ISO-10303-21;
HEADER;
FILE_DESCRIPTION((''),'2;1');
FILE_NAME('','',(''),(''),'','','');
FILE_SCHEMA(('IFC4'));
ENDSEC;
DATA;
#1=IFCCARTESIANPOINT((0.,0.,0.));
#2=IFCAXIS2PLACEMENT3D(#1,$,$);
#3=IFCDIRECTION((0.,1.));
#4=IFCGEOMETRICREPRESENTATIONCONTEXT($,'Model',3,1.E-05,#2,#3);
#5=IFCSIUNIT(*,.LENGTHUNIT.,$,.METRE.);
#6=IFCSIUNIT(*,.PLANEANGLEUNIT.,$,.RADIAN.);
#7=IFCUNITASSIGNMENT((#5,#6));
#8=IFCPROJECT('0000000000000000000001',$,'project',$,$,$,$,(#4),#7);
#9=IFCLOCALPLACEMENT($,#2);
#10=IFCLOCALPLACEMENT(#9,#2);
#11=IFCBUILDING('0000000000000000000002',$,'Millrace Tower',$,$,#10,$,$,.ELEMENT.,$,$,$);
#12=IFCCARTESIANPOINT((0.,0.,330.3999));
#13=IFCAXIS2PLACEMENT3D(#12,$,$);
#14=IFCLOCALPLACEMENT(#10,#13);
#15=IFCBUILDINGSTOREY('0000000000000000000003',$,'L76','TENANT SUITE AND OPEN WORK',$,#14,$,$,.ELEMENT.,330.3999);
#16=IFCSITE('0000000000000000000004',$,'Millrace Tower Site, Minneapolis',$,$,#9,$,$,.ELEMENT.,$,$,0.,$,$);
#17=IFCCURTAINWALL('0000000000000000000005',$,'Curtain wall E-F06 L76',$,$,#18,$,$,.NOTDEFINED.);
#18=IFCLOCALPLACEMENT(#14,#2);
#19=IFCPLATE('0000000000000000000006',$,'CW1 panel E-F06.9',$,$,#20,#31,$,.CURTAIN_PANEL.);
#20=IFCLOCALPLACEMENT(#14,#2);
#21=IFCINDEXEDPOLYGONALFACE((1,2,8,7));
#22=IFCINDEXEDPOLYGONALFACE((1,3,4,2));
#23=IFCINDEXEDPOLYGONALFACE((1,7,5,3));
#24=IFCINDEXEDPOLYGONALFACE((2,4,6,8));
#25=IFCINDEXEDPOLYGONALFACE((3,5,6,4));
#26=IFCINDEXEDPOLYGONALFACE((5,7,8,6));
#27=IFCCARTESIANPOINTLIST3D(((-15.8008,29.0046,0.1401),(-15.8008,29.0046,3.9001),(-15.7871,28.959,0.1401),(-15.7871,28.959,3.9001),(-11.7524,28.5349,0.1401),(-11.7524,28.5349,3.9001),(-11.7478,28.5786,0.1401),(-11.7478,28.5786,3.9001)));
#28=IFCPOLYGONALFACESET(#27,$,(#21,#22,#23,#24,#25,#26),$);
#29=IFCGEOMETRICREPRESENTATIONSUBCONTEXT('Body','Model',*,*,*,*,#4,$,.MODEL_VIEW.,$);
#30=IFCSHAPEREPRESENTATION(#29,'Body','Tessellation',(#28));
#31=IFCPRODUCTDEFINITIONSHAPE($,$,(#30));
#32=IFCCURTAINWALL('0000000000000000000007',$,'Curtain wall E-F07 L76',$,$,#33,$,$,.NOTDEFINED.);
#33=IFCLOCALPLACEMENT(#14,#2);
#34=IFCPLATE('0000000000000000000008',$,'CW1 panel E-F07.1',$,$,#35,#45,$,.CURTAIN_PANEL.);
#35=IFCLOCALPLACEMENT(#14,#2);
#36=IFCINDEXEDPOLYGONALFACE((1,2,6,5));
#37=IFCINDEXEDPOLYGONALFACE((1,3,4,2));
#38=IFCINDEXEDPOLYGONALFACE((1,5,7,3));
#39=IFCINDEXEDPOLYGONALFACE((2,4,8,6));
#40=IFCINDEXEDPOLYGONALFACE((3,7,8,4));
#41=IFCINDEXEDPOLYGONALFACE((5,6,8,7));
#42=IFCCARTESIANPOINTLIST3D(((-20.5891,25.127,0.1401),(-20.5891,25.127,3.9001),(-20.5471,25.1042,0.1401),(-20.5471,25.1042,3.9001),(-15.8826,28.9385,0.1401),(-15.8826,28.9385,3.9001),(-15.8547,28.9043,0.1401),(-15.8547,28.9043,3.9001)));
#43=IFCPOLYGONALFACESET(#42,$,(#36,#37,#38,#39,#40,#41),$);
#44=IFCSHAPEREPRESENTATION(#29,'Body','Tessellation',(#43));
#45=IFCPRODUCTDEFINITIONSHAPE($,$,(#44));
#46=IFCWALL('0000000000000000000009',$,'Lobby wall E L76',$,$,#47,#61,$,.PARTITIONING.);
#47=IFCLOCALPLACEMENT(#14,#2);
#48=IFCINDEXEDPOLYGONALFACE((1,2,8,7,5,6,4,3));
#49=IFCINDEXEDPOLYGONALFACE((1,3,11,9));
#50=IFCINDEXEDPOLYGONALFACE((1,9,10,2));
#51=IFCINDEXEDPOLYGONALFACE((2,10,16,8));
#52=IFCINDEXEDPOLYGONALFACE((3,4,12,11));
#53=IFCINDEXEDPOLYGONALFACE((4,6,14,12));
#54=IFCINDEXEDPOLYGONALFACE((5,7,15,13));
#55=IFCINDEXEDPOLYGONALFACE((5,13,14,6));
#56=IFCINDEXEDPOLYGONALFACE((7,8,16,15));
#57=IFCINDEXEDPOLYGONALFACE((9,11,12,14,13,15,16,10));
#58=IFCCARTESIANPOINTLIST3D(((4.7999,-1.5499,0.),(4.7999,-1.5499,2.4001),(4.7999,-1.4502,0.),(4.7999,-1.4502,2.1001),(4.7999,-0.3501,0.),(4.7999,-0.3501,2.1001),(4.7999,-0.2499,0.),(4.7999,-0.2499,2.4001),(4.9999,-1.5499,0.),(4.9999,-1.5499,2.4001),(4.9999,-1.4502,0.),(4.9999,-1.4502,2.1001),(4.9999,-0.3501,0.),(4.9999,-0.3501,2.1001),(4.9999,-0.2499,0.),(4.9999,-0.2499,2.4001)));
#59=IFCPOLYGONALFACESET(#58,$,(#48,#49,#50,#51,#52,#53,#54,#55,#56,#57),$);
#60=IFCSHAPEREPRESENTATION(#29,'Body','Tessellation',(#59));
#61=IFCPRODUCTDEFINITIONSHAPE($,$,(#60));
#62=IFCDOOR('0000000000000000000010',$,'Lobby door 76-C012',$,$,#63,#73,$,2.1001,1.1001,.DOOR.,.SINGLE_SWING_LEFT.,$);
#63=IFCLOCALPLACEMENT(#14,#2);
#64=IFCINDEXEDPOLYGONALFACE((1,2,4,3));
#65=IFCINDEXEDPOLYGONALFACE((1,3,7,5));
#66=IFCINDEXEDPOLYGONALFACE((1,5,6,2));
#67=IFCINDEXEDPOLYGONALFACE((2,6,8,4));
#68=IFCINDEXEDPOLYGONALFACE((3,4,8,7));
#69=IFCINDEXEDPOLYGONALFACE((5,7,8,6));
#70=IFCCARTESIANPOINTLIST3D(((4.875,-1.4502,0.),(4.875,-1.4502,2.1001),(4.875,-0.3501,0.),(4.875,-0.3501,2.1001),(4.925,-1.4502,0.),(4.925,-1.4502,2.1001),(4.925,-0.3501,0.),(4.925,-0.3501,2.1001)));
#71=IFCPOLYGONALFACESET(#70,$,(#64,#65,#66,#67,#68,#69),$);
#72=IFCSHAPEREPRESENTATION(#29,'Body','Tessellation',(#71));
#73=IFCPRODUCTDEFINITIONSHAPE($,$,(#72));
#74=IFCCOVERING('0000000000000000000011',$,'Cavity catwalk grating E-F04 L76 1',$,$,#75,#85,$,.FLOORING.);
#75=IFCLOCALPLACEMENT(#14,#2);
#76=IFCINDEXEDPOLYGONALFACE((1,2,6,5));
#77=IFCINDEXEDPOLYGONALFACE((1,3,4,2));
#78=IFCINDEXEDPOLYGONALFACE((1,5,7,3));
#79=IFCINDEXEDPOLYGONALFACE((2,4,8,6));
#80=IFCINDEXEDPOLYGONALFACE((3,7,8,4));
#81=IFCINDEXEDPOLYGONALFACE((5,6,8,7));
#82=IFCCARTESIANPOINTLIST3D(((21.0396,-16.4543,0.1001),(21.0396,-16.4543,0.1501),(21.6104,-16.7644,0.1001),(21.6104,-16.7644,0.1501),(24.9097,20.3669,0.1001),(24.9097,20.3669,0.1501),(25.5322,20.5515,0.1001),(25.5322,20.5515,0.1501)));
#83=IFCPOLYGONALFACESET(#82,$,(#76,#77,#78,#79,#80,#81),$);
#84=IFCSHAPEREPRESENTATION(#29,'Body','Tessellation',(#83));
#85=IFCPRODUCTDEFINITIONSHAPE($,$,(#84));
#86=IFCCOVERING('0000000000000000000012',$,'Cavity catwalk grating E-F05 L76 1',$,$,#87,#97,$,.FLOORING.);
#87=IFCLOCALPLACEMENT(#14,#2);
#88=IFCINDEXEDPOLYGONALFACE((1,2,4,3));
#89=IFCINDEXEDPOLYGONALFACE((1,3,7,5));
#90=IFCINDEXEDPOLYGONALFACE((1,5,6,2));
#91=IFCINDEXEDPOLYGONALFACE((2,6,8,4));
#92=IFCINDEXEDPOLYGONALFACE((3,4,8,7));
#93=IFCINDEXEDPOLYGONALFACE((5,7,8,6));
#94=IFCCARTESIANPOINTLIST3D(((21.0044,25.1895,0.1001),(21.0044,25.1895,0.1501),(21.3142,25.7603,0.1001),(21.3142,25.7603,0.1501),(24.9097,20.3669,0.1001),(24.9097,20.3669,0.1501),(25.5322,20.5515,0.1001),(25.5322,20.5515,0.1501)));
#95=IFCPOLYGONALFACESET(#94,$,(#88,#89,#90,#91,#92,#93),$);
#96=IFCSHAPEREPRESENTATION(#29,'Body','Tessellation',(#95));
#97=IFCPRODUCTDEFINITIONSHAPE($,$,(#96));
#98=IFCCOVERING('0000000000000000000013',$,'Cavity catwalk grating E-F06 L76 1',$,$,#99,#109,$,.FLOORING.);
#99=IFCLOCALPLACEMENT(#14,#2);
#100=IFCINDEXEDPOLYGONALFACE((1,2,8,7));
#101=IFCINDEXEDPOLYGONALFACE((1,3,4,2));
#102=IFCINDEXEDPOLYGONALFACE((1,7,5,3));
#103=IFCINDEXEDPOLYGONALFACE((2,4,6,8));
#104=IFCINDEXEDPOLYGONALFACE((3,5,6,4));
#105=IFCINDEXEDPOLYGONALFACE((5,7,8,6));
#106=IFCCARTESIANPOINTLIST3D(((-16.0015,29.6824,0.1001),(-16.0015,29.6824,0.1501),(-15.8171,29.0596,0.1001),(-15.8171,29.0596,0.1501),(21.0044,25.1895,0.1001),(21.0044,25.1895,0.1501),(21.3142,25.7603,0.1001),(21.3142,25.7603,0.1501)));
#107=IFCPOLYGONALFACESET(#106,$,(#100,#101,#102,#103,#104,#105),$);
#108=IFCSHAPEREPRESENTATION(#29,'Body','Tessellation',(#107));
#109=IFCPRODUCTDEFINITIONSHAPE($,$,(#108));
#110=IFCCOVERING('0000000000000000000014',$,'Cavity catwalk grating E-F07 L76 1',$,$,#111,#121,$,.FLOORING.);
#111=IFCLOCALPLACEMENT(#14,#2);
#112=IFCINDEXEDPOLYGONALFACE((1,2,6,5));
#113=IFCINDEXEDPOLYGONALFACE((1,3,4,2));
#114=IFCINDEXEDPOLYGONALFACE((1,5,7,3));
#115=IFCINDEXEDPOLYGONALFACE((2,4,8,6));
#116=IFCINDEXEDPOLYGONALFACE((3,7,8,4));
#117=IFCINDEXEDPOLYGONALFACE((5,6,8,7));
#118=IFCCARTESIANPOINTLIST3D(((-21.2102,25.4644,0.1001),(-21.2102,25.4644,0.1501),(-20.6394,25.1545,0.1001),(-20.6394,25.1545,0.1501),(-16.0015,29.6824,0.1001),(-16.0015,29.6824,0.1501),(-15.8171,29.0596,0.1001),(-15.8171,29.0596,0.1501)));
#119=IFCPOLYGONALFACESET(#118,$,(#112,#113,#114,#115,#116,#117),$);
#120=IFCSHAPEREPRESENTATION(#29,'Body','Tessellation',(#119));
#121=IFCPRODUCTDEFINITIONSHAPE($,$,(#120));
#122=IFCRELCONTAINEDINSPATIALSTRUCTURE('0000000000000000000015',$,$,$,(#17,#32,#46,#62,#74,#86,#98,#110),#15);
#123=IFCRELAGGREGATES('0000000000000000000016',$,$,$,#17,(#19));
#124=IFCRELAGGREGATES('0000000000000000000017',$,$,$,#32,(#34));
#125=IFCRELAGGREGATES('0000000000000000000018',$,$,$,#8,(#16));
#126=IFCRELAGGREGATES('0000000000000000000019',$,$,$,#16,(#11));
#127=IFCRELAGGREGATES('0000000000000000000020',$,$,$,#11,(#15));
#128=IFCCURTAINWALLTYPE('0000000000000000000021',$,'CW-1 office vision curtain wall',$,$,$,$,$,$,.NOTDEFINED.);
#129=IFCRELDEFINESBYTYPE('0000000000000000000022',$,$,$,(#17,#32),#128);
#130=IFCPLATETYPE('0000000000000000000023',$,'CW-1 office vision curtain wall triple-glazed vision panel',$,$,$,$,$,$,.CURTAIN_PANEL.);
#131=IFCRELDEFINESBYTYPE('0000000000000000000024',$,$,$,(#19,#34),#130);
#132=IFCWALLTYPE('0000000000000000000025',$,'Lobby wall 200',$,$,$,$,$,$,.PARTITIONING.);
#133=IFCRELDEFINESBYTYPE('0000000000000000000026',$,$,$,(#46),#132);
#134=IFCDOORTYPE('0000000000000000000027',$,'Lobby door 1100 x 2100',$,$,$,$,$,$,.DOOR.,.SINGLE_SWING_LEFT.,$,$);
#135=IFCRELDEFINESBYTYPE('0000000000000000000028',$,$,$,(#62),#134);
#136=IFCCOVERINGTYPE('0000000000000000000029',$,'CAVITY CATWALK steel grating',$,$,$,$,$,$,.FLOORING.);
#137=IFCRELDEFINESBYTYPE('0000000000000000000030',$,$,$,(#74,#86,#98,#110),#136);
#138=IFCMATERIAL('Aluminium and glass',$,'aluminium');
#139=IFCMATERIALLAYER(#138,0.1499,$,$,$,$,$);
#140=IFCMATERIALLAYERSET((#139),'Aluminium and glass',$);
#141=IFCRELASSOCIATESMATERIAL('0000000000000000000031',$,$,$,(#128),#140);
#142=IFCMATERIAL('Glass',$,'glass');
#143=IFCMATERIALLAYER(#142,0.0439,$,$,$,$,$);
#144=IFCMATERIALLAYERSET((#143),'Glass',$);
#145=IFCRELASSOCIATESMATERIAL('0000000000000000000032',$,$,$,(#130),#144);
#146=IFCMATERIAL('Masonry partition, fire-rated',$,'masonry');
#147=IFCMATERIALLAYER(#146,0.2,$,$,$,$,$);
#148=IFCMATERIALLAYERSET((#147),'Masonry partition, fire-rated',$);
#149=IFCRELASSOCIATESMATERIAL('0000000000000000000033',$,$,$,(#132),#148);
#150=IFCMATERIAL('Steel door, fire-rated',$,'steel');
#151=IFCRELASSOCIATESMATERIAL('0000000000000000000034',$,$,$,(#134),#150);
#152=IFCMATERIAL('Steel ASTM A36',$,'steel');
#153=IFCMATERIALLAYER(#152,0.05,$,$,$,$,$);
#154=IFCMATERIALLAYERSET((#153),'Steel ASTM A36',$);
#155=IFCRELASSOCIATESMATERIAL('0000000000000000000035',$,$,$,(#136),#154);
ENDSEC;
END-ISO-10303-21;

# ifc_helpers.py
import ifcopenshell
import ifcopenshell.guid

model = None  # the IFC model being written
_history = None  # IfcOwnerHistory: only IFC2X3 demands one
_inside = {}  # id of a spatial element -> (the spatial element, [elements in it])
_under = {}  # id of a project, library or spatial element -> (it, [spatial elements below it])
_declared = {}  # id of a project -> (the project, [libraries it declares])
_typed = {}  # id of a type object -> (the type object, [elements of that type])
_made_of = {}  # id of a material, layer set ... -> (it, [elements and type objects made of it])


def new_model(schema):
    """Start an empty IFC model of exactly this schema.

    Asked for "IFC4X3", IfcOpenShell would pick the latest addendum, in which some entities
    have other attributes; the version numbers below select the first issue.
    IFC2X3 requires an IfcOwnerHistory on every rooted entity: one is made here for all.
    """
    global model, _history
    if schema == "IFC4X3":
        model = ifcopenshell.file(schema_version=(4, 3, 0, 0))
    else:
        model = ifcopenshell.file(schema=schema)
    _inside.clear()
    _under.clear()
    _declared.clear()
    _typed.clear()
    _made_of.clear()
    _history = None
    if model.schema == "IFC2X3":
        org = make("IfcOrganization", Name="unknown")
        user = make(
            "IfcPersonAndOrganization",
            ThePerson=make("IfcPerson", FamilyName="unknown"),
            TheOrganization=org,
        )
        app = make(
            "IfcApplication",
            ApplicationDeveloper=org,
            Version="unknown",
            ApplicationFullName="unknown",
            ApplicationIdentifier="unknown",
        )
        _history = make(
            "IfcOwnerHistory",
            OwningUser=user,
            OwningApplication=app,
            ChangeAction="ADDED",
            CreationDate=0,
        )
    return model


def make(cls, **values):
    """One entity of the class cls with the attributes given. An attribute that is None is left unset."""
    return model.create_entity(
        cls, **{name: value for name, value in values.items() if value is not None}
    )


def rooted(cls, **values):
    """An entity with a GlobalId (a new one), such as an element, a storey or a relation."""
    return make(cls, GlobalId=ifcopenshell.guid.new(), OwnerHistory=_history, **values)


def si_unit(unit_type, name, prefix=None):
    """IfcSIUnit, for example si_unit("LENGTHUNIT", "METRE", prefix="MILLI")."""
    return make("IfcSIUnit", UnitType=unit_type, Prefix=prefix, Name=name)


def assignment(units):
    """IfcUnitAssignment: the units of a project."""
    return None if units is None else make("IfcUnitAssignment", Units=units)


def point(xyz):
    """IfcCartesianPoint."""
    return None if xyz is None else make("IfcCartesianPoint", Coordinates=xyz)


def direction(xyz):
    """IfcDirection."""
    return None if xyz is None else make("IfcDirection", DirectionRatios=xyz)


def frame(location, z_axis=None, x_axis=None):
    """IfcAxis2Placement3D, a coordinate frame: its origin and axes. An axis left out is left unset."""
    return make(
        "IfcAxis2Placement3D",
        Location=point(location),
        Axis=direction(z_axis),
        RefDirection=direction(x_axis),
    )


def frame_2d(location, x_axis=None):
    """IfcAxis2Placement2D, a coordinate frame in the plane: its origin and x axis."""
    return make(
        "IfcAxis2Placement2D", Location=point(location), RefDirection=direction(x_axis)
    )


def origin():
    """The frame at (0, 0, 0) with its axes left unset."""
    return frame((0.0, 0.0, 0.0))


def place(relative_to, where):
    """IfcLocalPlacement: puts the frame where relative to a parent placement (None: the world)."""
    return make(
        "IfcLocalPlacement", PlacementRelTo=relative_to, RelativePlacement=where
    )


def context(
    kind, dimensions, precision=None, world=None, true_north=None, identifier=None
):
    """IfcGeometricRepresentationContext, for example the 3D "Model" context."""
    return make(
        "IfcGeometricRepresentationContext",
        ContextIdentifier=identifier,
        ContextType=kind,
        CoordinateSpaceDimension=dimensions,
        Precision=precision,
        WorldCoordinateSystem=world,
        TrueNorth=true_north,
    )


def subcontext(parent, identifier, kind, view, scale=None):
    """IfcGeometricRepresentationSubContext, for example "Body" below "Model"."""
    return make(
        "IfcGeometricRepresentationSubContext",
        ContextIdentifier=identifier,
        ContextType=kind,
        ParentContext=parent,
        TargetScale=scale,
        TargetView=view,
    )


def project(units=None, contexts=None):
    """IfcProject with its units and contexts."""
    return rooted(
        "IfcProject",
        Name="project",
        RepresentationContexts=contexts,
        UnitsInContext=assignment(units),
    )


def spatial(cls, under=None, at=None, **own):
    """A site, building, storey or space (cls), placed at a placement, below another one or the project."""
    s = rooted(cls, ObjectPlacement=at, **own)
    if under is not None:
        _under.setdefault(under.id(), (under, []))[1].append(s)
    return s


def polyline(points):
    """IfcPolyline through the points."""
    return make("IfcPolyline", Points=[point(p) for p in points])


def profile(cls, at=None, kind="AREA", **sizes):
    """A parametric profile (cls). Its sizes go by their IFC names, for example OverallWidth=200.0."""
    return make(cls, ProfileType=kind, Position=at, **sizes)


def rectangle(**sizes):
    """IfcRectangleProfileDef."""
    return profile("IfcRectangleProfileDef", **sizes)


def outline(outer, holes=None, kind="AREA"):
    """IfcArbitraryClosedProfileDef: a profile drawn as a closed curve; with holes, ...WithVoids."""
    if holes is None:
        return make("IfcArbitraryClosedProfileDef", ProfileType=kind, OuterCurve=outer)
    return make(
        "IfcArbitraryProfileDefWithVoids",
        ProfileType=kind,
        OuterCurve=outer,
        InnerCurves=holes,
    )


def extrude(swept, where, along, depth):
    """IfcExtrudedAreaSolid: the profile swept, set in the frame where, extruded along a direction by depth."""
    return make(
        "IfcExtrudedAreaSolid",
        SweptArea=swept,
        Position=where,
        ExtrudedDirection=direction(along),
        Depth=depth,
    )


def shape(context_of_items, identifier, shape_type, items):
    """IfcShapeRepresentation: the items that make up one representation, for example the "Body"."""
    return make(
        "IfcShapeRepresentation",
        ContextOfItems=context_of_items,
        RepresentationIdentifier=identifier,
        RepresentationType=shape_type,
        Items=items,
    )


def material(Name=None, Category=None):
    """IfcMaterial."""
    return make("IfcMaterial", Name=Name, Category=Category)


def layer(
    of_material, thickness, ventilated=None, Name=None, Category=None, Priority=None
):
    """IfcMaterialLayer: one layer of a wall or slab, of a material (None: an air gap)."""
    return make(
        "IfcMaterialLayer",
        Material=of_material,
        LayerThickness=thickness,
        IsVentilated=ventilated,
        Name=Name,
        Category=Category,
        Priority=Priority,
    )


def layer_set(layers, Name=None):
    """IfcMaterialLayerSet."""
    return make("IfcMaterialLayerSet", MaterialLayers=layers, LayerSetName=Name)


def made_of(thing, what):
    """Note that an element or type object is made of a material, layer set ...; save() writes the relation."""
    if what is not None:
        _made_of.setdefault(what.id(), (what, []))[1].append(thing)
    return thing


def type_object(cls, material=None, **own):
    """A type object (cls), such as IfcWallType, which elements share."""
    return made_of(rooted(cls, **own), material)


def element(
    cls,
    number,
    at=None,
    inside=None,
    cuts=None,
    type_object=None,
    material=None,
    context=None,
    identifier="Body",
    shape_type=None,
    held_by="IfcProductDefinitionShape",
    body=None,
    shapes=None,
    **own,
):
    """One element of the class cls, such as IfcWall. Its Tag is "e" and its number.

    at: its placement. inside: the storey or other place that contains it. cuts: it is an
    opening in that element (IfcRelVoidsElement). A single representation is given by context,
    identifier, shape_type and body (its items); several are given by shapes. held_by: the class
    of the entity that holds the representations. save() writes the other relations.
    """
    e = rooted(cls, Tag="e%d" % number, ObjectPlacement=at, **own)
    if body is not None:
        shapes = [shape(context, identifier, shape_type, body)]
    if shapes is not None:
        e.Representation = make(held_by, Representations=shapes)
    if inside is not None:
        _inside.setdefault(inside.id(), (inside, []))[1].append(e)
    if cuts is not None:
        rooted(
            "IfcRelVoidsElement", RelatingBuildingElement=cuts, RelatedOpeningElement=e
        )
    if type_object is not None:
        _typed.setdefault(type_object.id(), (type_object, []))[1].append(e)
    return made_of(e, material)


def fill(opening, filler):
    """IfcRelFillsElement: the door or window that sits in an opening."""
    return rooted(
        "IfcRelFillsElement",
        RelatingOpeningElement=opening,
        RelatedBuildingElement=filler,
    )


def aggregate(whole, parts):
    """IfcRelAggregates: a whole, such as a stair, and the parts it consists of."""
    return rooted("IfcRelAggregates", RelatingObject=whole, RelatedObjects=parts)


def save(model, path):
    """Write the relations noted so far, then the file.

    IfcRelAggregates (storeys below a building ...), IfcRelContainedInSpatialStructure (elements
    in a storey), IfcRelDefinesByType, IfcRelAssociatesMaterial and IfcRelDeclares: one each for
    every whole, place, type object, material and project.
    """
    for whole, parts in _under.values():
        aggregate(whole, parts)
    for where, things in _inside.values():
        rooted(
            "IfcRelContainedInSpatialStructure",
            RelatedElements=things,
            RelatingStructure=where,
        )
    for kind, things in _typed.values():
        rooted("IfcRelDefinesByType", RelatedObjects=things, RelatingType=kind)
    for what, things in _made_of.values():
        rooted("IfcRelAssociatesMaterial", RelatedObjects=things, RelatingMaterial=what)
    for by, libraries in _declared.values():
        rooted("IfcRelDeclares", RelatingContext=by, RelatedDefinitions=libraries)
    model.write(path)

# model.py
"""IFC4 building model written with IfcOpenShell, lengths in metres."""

from ifc_helpers import new_model, si_unit, direction, frame, frame_2d, origin, place, context, subcontext, project, spatial, polyline, rectangle, outline, extrude, material, layer, layer_set, type_object, element, fill, aggregate, save


model = new_model("IFC4")

# Units and contexts
model_context = context("Model", 3, precision=1e-05, world=origin(), true_north=direction((0.0, 1.0)))
body_context = subcontext(model_context, "Body", "Model", "MODEL_VIEW")
ifc_project = project(units=[si_unit("LENGTHUNIT", "METRE"), si_unit("PLANEANGLEUNIT", "RADIAN")], contexts=[model_context])

# Site, building, storey
site_placement = place(None, origin())
site = spatial("IfcSite", under=ifc_project, at=site_placement, Name="Millrace Tower Site, Minneapolis", CompositionType="ELEMENT", RefElevation=0.0)
building_placement = place(site_placement, origin())
building = spatial("IfcBuilding", under=site, at=building_placement, Name="Millrace Tower", CompositionType="ELEMENT")
storey_placement = place(building_placement, frame((0.0, 0.0, 330.3999)))
storey = spatial("IfcBuildingStorey", under=building, at=storey_placement, Name="L76", Description="TENANT SUITE AND OPEN WORK", CompositionType="ELEMENT", Elevation=330.3999)

# Shared definitions
ifc_material_1 = material(Name="Aluminium and glass", Category="aluminium")
ifc_layer_1 = layer(ifc_material_1, 0.1499)
ifc_layer_set_1 = layer_set([ifc_layer_1], Name="Aluminium and glass")
curtain_wall_type = type_object("IfcCurtainWallType", Name="CW-1 office vision curtain wall", PredefinedType="NOTDEFINED", material=ifc_layer_set_1)
placement_1 = place(storey_placement, origin())
ifc_material_2 = material(Name="Glass", Category="glass")
ifc_layer_2 = layer(ifc_material_2, 0.0439)
ifc_layer_set_2 = layer_set([ifc_layer_2], Name="Glass")
plate_type = type_object("IfcPlateType", Name="CW-1 office vision curtain wall triple-glazed vision panel", PredefinedType="CURTAIN_PANEL", material=ifc_layer_set_2)
placement_2 = place(storey_placement, frame((0.0, 0.0, 0.1401)))

# Curtain wall, plate
curtain_wall_1 = element("IfcCurtainWall", 1, at=placement_1, inside=storey, type_object=curtain_wall_type, Name="Curtain wall E-F06 L76", PredefinedType="NOTDEFINED")
plate_1 = element("IfcPlate", 2, at=placement_2, type_object=plate_type, Name="CW1 panel E-F06.9", PredefinedType="CURTAIN_PANEL", context=body_context, shape_type="SweptSolid", body=[
    extrude(outline(polyline([(-11.7478, 28.5786), (-15.8008, 29.0046), (-15.7871, 28.959), (-11.7524, 28.5349), (-11.7478, 28.5786)])), origin(), (0.0, 0.0, 1.0), 3.76),
])
aggregate(curtain_wall_1, [plate_1])

# Curtain wall, plate
curtain_wall_2 = element("IfcCurtainWall", 3, at=placement_1, inside=storey, type_object=curtain_wall_type, Name="Curtain wall E-F07 L76", PredefinedType="NOTDEFINED")
plate_2 = element("IfcPlate", 4, at=placement_2, type_object=plate_type, Name="CW1 panel E-F07.1", PredefinedType="CURTAIN_PANEL", context=body_context, shape_type="SweptSolid", body=[
    extrude(outline(polyline([(-15.8826, 28.9385), (-20.5891, 25.127), (-20.5471, 25.1042), (-15.8547, 28.9043), (-15.8826, 28.9385)])), origin(), (0.0, 0.0, 1.0), 3.76),
])
aggregate(curtain_wall_2, [plate_2])

# Wall, opening, door
ifc_material_3 = material(Name="Masonry partition, fire-rated", Category="masonry")
ifc_layer_3 = layer(ifc_material_3, 0.2)
ifc_layer_set_3 = layer_set([ifc_layer_3], Name="Masonry partition, fire-rated")
wall_type = type_object("IfcWallType", Name="Lobby wall 200", PredefinedType="PARTITIONING", material=ifc_layer_set_3)
wall_placement = place(storey_placement, frame((4.8999, -0.25, 0.0), z_axis=(0.0, 0.0, 1.0), x_axis=(0.0, -1.0, 0.0)))
wall = element("IfcWall", 5, at=wall_placement, inside=storey, type_object=wall_type, Name="Lobby wall E L76", PredefinedType="PARTITIONING", context=body_context, shape_type="SweptSolid", body=[
    extrude(rectangle(XDim=1.3, YDim=0.2, at=frame_2d((0.6499, 0.0))), origin(), (0.0, 0.0, 1.0), 2.4001),
])
opening_placement = place(wall_placement, frame((0.1001, 0.0, 0.0)))
opening = element("IfcOpeningElement", 6, at=opening_placement, cuts=wall, PredefinedType="OPENING", context=body_context, shape_type="SweptSolid", body=[
    extrude(rectangle(XDim=1.1001, YDim=2.1001, at=frame_2d((0.55, 1.05))), frame((0.0, 0.1099, 0.0), z_axis=(0.0, -1.0, 0.0), x_axis=(1.0, 0.0, 0.0)), (0.0, 0.0, 1.0), 0.22),
])
ifc_material_4 = material(Name="Steel door, fire-rated", Category="steel")
door_type = type_object("IfcDoorType", Name="Lobby door 1100 x 2100", OperationType="SINGLE_SWING_LEFT", PredefinedType="DOOR", material=ifc_material_4)
door_placement = place(opening_placement, frame((1.1001, 0.0, 0.0), z_axis=(0.0, 0.0, 1.0), x_axis=(-1.0, 0.0, 0.0)))
door = element("IfcDoor", 7, at=door_placement, inside=storey, type_object=door_type, Name="Lobby door 76-C012", OperationType="SINGLE_SWING_LEFT", OverallHeight=2.1001, OverallWidth=1.1001, PredefinedType="DOOR", context=body_context, shape_type="SweptSolid", body=[
    extrude(rectangle(XDim=1.1001, YDim=2.1001, at=frame_2d((0.55, 1.05))), frame((0.0, 0.0249, 0.0), z_axis=(0.0, -1.0, 0.0), x_axis=(1.0, 0.0, 0.0)), (0.0, 0.0, 1.0), 0.05),
])
fill(opening, door)

# Coverings
ifc_material_5 = material(Name="Steel ASTM A36", Category="steel")
ifc_layer_4 = layer(ifc_material_5, 0.05)
ifc_layer_set_4 = layer_set([ifc_layer_4], Name="Steel ASTM A36")
covering_type = type_object("IfcCoveringType", Name="CAVITY CATWALK steel grating", PredefinedType="FLOORING", material=ifc_layer_set_4)
placement_3 = place(storey_placement, frame((0.0, 0.0, 0.1001)))
element("IfcCovering", 8, at=placement_3, inside=storey, type_object=covering_type, Name="Cavity catwalk grating E-F04 L76 1", PredefinedType="FLOORING", context=body_context, shape_type="SweptSolid", body=[
    extrude(outline(polyline([(21.6104, -16.7644), (25.5322, 20.5515), (24.9097, 20.3669), (21.0396, -16.4543), (21.6104, -16.7644)])), origin(), (0.0, 0.0, 1.0), 0.05),
])
element("IfcCovering", 9, at=placement_3, inside=storey, type_object=covering_type, Name="Cavity catwalk grating E-F05 L76 1", PredefinedType="FLOORING", context=body_context, shape_type="SweptSolid", body=[
    extrude(outline(polyline([(25.5322, 20.5515), (21.3142, 25.7603), (21.0044, 25.1895), (24.9097, 20.3669), (25.5322, 20.5515)])), origin(), (0.0, 0.0, 1.0), 0.05),
])
element("IfcCovering", 10, at=placement_3, inside=storey, type_object=covering_type, Name="Cavity catwalk grating E-F06 L76 1", PredefinedType="FLOORING", context=body_context, shape_type="SweptSolid", body=[
    extrude(outline(polyline([(21.3142, 25.7603), (-16.0015, 29.6824), (-15.8171, 29.0596), (21.0044, 25.1895), (21.3142, 25.7603)])), origin(), (0.0, 0.0, 1.0), 0.05),
])
element("IfcCovering", 11, at=placement_3, inside=storey, type_object=covering_type, Name="Cavity catwalk grating E-F07 L76 1", PredefinedType="FLOORING", context=body_context, shape_type="SweptSolid", body=[
    extrude(outline(polyline([(-16.0015, 29.6824), (-21.2102, 25.4644), (-20.6394, 25.1545), (-15.8171, 29.0596), (-16.0015, 29.6824)])), origin(), (0.0, 0.0, 1.0), 0.05),
])

save(model, "model.ifc")
